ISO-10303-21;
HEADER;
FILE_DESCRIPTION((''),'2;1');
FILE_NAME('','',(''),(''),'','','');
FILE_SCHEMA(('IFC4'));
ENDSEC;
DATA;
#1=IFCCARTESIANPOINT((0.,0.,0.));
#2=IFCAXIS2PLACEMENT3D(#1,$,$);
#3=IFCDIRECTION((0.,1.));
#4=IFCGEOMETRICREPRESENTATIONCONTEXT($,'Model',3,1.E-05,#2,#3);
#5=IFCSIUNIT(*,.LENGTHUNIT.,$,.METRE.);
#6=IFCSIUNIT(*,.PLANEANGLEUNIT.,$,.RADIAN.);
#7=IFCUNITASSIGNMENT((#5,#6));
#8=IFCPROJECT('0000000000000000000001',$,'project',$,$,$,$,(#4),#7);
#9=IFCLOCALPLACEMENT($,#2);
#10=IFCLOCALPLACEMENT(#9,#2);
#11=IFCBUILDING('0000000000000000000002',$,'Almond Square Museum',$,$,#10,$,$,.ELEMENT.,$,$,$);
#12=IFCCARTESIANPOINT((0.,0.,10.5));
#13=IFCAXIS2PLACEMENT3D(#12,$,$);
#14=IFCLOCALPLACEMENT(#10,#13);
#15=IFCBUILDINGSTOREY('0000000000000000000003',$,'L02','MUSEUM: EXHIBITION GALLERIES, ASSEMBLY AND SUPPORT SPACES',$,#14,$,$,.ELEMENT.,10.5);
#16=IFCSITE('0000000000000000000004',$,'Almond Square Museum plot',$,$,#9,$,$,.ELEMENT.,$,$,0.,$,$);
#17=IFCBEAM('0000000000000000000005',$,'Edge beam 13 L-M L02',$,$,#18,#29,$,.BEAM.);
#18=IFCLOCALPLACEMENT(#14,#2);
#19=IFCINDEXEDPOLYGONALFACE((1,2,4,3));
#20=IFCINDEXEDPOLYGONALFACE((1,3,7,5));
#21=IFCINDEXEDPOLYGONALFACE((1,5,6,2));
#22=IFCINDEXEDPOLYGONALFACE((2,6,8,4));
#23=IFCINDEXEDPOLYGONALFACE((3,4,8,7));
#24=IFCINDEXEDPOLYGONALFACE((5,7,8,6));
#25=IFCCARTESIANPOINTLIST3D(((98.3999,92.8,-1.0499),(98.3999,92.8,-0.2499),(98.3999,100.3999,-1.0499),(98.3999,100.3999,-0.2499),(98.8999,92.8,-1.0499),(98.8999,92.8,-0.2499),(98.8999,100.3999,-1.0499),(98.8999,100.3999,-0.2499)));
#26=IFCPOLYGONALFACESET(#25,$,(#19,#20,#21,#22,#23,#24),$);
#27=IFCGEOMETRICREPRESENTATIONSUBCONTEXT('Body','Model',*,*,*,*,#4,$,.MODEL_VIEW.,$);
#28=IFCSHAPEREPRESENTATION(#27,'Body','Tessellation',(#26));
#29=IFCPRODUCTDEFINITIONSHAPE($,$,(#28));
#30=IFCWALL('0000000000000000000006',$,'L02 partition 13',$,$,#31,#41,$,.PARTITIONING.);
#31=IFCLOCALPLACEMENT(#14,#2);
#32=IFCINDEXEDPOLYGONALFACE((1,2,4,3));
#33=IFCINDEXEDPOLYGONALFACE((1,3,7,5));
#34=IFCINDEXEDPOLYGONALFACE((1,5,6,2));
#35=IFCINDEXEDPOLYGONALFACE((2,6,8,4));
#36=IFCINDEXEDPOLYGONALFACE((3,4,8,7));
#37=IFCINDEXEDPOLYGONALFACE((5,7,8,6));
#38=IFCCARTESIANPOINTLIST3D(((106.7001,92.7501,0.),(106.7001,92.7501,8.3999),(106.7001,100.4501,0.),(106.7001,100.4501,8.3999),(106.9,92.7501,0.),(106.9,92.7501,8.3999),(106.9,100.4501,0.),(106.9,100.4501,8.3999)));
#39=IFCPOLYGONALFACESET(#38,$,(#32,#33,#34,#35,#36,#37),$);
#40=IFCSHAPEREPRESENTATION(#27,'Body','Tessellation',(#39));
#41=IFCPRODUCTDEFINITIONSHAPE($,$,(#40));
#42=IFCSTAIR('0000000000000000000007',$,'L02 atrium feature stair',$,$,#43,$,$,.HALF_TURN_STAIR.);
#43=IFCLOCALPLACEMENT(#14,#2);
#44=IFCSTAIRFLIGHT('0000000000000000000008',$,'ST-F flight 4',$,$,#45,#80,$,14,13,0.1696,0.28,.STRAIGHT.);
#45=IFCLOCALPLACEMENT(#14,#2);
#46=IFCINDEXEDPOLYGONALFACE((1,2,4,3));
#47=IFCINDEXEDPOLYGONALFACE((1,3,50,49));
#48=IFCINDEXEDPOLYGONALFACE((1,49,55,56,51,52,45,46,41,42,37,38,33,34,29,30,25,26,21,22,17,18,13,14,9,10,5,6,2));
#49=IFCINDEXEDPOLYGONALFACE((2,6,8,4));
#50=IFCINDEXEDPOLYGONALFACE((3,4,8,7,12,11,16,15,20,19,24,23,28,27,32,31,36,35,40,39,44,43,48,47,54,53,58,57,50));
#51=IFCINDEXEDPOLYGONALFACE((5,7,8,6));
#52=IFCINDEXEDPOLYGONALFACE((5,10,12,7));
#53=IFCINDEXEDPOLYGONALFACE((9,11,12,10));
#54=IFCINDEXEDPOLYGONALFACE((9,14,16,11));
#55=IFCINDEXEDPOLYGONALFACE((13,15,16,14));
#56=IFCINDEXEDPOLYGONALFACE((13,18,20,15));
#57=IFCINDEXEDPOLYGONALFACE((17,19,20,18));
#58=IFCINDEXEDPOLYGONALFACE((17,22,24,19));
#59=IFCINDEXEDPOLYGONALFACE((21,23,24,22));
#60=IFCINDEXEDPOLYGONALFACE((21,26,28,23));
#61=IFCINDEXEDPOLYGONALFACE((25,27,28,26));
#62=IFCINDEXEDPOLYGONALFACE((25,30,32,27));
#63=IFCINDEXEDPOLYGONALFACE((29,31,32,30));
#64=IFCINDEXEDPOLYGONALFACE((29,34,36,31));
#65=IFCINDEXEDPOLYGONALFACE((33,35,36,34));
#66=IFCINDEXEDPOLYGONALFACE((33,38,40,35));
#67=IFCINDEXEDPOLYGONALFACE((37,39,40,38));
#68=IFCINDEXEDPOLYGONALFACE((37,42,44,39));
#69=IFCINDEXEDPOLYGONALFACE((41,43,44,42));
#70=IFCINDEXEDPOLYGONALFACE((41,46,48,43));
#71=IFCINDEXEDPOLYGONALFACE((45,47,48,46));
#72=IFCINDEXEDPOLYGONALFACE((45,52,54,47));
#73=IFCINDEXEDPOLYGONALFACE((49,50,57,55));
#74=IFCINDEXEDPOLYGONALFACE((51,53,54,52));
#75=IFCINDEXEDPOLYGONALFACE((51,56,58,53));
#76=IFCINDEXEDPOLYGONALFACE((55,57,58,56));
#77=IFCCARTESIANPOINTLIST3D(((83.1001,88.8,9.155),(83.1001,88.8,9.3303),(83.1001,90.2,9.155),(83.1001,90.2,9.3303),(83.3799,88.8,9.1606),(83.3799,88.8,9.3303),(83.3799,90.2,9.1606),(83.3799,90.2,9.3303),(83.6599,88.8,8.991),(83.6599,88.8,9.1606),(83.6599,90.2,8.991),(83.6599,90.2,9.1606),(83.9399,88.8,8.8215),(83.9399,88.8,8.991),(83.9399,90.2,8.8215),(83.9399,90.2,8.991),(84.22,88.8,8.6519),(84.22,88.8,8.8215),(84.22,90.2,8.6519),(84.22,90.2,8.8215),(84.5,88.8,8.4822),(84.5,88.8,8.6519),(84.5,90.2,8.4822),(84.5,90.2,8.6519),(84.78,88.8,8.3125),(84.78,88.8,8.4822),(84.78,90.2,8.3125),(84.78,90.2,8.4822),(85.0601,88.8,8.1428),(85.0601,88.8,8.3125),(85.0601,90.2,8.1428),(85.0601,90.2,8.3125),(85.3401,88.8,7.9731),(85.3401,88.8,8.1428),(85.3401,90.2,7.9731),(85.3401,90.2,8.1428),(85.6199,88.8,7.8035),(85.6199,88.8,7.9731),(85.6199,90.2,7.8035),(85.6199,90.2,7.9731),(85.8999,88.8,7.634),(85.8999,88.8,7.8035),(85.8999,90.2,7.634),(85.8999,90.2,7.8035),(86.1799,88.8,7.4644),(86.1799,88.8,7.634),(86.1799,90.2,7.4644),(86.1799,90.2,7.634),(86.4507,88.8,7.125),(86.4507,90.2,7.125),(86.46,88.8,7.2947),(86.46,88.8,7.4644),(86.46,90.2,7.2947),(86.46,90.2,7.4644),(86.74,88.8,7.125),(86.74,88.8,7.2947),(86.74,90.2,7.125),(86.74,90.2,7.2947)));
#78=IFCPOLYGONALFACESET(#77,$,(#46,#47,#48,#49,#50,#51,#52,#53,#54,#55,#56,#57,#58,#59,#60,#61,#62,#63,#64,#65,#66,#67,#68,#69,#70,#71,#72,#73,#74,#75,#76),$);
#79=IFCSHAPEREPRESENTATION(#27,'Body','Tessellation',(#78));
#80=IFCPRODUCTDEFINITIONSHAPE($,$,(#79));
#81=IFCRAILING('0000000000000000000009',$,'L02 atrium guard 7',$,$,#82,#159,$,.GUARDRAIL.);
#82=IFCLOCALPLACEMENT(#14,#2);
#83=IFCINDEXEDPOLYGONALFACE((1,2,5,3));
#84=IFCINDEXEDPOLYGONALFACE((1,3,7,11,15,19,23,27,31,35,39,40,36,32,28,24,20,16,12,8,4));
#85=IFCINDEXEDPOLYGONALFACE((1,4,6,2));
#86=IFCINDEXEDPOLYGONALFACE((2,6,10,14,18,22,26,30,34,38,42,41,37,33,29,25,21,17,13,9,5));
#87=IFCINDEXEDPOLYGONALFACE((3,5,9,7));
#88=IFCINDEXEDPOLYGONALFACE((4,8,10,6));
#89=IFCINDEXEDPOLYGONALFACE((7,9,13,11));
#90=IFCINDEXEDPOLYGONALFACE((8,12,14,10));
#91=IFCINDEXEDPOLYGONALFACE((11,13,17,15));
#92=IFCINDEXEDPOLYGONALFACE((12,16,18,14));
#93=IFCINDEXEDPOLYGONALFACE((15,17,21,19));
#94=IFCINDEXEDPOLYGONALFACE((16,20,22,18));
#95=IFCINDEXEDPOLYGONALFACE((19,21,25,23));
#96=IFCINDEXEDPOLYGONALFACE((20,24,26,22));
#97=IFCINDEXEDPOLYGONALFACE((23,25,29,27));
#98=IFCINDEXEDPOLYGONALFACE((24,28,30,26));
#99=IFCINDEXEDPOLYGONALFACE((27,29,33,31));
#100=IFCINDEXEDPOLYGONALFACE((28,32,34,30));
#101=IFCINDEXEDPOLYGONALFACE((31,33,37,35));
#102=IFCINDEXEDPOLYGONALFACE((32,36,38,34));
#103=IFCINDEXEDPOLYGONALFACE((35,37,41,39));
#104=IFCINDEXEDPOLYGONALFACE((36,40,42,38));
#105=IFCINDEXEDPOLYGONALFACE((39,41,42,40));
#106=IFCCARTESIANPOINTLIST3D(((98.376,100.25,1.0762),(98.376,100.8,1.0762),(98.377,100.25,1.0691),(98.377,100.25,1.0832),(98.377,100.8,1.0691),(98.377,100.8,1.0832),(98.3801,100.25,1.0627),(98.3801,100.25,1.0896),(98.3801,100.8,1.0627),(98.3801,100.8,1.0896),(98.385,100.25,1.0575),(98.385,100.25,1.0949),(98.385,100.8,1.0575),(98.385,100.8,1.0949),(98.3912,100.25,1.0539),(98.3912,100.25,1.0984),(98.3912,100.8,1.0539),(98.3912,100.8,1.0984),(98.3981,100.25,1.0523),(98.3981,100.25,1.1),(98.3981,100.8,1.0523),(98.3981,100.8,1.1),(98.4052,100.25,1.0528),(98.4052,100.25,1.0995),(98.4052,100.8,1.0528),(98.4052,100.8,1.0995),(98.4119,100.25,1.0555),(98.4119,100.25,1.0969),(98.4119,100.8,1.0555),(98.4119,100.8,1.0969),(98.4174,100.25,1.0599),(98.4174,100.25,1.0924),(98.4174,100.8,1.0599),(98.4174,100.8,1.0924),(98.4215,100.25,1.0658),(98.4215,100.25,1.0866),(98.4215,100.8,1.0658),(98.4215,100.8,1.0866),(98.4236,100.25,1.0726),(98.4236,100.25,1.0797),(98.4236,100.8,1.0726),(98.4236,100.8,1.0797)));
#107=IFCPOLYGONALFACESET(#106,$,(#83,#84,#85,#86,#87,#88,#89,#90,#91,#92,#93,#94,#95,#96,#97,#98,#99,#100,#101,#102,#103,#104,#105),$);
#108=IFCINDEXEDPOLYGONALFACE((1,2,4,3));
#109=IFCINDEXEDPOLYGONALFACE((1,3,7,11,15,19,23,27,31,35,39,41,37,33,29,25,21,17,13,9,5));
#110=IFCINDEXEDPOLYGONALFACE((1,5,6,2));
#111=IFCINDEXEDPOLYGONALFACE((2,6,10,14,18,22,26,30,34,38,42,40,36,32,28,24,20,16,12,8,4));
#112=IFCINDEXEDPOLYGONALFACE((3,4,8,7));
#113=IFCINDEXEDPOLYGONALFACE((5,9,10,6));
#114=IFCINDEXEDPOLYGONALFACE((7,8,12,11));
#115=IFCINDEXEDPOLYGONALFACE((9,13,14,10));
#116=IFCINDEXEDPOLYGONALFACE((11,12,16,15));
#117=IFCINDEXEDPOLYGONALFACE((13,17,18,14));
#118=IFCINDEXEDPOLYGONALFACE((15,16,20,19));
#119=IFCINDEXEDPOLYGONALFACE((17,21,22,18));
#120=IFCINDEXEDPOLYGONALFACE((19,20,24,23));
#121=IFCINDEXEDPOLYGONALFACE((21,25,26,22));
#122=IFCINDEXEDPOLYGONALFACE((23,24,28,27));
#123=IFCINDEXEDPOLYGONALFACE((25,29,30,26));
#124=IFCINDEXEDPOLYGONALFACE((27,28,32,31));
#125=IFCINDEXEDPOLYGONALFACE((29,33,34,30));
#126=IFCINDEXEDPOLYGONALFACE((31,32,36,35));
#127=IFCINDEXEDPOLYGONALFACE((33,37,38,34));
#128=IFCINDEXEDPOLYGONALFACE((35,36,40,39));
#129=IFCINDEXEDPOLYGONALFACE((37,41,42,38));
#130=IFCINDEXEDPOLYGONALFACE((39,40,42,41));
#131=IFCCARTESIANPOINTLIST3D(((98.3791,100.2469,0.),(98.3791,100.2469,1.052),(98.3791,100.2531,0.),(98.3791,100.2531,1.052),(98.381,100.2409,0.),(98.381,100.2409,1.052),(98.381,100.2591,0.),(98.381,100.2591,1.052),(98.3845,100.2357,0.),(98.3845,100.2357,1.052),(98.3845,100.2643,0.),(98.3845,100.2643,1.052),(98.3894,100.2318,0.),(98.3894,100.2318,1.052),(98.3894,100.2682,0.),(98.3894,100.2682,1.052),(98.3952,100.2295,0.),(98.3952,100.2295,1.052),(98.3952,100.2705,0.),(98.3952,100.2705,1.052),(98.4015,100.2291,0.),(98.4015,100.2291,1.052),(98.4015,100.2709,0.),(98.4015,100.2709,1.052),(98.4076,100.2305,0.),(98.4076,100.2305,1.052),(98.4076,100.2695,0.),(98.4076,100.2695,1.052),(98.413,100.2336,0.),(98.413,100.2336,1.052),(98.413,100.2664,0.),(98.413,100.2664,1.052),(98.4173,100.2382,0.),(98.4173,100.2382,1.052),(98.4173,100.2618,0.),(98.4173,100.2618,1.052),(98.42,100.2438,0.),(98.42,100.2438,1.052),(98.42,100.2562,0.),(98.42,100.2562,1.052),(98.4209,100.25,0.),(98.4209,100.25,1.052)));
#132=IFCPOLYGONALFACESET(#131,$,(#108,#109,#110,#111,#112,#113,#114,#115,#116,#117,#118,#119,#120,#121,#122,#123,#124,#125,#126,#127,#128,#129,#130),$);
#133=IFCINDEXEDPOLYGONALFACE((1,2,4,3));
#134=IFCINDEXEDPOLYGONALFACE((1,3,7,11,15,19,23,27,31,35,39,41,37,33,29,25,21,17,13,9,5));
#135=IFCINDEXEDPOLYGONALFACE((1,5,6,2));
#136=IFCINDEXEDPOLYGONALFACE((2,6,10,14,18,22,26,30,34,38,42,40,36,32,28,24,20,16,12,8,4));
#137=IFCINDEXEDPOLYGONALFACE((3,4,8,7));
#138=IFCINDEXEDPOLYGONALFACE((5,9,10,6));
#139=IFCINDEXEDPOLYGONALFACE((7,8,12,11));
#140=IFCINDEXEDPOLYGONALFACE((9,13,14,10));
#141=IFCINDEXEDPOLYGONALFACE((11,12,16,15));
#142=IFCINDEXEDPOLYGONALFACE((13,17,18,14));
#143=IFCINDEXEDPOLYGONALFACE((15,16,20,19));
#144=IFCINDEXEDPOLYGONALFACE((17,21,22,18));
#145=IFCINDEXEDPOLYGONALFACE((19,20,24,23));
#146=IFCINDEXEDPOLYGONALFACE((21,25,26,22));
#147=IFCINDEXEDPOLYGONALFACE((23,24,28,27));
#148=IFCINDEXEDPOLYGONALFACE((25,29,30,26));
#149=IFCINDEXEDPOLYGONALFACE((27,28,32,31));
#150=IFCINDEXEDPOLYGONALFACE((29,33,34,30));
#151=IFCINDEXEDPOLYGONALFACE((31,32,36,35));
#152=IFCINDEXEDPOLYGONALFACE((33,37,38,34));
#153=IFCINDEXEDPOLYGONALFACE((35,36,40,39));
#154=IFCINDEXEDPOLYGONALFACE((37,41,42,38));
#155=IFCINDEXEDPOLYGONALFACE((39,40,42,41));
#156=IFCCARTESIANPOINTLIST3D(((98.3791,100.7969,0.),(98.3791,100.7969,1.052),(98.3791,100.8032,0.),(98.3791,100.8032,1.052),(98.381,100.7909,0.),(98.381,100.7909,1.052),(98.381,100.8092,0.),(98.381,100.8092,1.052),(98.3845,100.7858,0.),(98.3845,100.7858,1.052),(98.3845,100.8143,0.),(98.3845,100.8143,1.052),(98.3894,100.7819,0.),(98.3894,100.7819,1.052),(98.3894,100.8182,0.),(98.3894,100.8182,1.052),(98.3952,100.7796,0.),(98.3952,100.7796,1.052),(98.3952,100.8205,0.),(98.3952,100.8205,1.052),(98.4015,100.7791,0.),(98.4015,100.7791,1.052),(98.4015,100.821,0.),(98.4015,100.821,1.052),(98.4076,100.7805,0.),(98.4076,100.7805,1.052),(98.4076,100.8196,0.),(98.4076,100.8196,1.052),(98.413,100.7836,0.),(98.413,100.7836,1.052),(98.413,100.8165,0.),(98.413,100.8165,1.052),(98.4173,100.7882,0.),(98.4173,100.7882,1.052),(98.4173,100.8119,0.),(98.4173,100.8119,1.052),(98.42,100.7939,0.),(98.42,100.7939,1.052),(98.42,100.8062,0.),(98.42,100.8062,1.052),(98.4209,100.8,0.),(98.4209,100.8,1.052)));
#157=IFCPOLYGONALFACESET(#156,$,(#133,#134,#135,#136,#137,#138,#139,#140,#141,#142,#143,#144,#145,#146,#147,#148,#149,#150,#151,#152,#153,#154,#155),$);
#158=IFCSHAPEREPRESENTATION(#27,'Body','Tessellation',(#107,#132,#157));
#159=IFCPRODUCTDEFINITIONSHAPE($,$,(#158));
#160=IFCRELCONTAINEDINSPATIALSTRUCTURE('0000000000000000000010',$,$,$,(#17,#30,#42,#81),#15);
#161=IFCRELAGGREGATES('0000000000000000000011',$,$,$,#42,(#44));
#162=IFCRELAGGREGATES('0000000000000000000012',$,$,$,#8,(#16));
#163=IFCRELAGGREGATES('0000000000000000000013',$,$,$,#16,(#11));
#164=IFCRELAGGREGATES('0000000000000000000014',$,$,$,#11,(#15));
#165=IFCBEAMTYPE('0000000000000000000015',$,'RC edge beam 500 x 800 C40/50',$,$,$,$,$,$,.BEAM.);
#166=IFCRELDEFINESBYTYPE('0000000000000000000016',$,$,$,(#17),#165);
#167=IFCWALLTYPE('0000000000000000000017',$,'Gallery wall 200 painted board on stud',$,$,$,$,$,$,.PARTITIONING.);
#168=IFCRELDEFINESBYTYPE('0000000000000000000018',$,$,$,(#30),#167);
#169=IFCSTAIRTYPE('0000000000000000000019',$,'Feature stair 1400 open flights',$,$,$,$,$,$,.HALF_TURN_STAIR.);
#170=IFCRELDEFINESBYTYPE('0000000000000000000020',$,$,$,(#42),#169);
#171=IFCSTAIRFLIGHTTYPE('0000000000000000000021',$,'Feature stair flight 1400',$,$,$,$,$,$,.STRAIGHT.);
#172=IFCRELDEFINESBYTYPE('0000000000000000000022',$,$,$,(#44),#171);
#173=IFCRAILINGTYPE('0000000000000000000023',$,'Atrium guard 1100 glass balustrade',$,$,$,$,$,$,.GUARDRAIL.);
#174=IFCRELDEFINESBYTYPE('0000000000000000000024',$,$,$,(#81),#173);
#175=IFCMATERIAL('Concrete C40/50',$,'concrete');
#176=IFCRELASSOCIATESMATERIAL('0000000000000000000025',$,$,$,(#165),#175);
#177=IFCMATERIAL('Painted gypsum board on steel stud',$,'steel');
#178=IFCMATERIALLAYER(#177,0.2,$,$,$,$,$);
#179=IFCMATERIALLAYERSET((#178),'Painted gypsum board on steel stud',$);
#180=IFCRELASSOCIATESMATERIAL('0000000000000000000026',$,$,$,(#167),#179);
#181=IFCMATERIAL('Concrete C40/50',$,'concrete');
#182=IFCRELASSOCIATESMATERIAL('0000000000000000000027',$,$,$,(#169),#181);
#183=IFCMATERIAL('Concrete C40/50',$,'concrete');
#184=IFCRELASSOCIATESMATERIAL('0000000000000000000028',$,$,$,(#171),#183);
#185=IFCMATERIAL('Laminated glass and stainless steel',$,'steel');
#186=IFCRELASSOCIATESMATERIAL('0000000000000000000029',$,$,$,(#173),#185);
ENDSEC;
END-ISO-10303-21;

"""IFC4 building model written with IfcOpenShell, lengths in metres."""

from ifc_helpers import new_model, si_unit, direction, frame, frame_2d, origin, origin_2d, place, context, subcontext, project, spatial, polyline, rectangle, circle, outline, extrude, material, layer, layer_set, material_profile, profile_set, type_object, element, aggregate, save


model = new_model("IFC4")

# Units and contexts
model_context = context("Model", 3, precision=1e-05, world=origin(), true_north=direction((0.0, 1.0)))
body_context = subcontext(model_context, "Body", "Model", "MODEL_VIEW")
ifc_project = project(units=[si_unit("LENGTHUNIT", "METRE"), si_unit("PLANEANGLEUNIT", "RADIAN")], contexts=[model_context])

# Site, building, storey
site_placement = place(None, origin())
site = spatial("IfcSite", under=ifc_project, at=site_placement, Name="Almond Square Museum plot", CompositionType="ELEMENT", RefElevation=0.0)
building_placement = place(site_placement, origin())
building = spatial("IfcBuilding", under=site, at=building_placement, Name="Almond Square Museum", CompositionType="ELEMENT")
storey_placement = place(building_placement, frame((0.0, 0.0, 10.5)))
storey = spatial("IfcBuildingStorey", under=building, at=storey_placement, Name="L02", Description="MUSEUM: EXHIBITION GALLERIES, ASSEMBLY AND SUPPORT SPACES", CompositionType="ELEMENT", Elevation=10.5)

# Beam
ifc_material_1 = material(Name="Concrete C40/50", Category="concrete")
ifc_material_profile_1 = material_profile(ifc_material_1, rectangle(XDim=0.5, YDim=0.8, at=origin_2d()))
ifc_profile_set_1 = profile_set([ifc_material_profile_1], Name="Concrete C40/50")
beam_type_1 = type_object("IfcBeamType", Name="RC edge beam 500 x 800 C40/50", PredefinedType="BEAM", material=ifc_profile_set_1)
beam_1_placement = place(storey_placement, frame((98.6499, 92.8, -0.6499), z_axis=(0.0, 1.0, 0.0), x_axis=(-1.0, 0.0, 0.0)))
element("IfcBeam", 1, at=beam_1_placement, inside=storey, type_object=beam_type_1, Name="Edge beam 13 L-M L02", PredefinedType="BEAM", context=body_context, shape_type="SweptSolid", body=[
    extrude(rectangle(XDim=0.5, YDim=0.8, at=origin_2d()), origin(), (0.0, 0.0, 1.0), 7.5999),
])

# Wall
ifc_material_2 = material(Name="Painted gypsum board on steel stud", Category="steel")
ifc_layer = layer(ifc_material_2, 0.2)
ifc_layer_set = layer_set([ifc_layer], Name="Painted gypsum board on steel stud")
wall_type = type_object("IfcWallType", Name="Gallery wall 200 painted board on stud", PredefinedType="PARTITIONING", material=ifc_layer_set)
wall_placement = place(storey_placement, frame((106.8, 92.75, 0.0), z_axis=(0.0, 0.0, 1.0), x_axis=(0.0, 1.0, 0.0)))
element("IfcWall", 2, at=wall_placement, inside=storey, type_object=wall_type, Name="L02 partition 13", PredefinedType="PARTITIONING", context=body_context, shape_type="SweptSolid", body=[
    extrude(rectangle(XDim=7.7, YDim=0.2, at=frame_2d((3.8501, 0.0))), origin(), (0.0, 0.0, 1.0), 8.3999),
])

# Stair, stair flight
ifc_material_3 = material(Name="Concrete C40/50", Category="concrete")
stair_type = type_object("IfcStairType", Name="Feature stair 1400 open flights", PredefinedType="HALF_TURN_STAIR", material=ifc_material_3)
stair_placement = place(storey_placement, origin())
stair = element("IfcStair", 3, at=stair_placement, inside=storey, type_object=stair_type, Name="L02 atrium feature stair", PredefinedType="HALF_TURN_STAIR")
ifc_material_4 = material(Name="Concrete C40/50", Category="concrete")
stair_flight_type = type_object("IfcStairFlightType", Name="Feature stair flight 1400", PredefinedType="STRAIGHT", material=ifc_material_4)
stair_flight_placement = place(storey_placement, frame((86.74, 89.5, 7.125), z_axis=(0.0, 0.0, 1.0), x_axis=(-1.0, 0.0, 0.0)))
stair_flight = element("IfcStairFlight", 4, at=stair_flight_placement, type_object=stair_flight_type, Name="ST-F flight 4", NumberOfRisers=14, NumberOfTreads=13, PredefinedType="STRAIGHT", RiserHeight=0.1696, TreadLength=0.28, context=body_context, shape_type="SweptSolid", body=[
    extrude(outline(polyline([(0.0, 0.0), (0.0, 0.1697), (0.28, 0.1697), (0.28, 0.3394), (0.5601, 0.3394), (0.5601, 0.509), (0.8401, 0.509), (0.8401, 0.6785), (1.1201, 0.6785), (1.1201, 0.8481), (1.3999, 0.8481), (1.3999, 1.0178), (1.6799, 1.0178), (1.6799, 1.1875), (1.96, 1.1875), (1.96, 1.3572), (2.24, 1.3572), (2.24, 1.5269), (2.52, 1.5269), (2.52, 1.6965), (2.8, 1.6965), (2.8, 1.866), (3.0801, 1.866), (3.0801, 2.0356), (3.3601, 2.0356), (3.3601, 2.2053), (3.6399, 2.2053), (3.6399, 2.375), (3.6399, 2.03), (0.2893, 0.0), (0.0, 0.0)])), frame((0.0, 0.7, 0.0), z_axis=(0.0, -1.0, 0.0), x_axis=(1.0, 0.0, 0.0)), (0.0, 0.0, 1.0), 1.3999),
])
aggregate(stair, [stair_flight])

# Railing
ifc_material_5 = material(Name="Laminated glass and stainless steel", Category="steel")
railing_type_1 = type_object("IfcRailingType", Name="Atrium guard 1100 glass balustrade", PredefinedType="GUARDRAIL", material=ifc_material_5)
railing_1_placement = place(storey_placement, frame((98.3999, 100.25, 0.0)))
element("IfcRailing", 5, at=railing_1_placement, inside=storey, type_object=railing_type_1, Name="L02 atrium guard 7", PredefinedType="GUARDRAIL", context=body_context, shape_type="SweptSolid", body=[
    extrude(circle(Radius=0.0239, at=origin_2d()), frame((0.0, 0.0, 1.0762), z_axis=(0.0, 1.0, 0.0), x_axis=(-1.0, 0.0, 0.0)), (0.0, 0.0, 1.0), 0.55),
    extrude(circle(Radius=0.021, at=origin_2d()), origin(), (0.0, 0.0, 1.0), 1.052),
    extrude(circle(Radius=0.021, at=origin_2d()), frame((0.0, 0.55, 0.0)), (0.0, 0.0, 1.0), 1.052),
])

save(model, "model.ifc")
